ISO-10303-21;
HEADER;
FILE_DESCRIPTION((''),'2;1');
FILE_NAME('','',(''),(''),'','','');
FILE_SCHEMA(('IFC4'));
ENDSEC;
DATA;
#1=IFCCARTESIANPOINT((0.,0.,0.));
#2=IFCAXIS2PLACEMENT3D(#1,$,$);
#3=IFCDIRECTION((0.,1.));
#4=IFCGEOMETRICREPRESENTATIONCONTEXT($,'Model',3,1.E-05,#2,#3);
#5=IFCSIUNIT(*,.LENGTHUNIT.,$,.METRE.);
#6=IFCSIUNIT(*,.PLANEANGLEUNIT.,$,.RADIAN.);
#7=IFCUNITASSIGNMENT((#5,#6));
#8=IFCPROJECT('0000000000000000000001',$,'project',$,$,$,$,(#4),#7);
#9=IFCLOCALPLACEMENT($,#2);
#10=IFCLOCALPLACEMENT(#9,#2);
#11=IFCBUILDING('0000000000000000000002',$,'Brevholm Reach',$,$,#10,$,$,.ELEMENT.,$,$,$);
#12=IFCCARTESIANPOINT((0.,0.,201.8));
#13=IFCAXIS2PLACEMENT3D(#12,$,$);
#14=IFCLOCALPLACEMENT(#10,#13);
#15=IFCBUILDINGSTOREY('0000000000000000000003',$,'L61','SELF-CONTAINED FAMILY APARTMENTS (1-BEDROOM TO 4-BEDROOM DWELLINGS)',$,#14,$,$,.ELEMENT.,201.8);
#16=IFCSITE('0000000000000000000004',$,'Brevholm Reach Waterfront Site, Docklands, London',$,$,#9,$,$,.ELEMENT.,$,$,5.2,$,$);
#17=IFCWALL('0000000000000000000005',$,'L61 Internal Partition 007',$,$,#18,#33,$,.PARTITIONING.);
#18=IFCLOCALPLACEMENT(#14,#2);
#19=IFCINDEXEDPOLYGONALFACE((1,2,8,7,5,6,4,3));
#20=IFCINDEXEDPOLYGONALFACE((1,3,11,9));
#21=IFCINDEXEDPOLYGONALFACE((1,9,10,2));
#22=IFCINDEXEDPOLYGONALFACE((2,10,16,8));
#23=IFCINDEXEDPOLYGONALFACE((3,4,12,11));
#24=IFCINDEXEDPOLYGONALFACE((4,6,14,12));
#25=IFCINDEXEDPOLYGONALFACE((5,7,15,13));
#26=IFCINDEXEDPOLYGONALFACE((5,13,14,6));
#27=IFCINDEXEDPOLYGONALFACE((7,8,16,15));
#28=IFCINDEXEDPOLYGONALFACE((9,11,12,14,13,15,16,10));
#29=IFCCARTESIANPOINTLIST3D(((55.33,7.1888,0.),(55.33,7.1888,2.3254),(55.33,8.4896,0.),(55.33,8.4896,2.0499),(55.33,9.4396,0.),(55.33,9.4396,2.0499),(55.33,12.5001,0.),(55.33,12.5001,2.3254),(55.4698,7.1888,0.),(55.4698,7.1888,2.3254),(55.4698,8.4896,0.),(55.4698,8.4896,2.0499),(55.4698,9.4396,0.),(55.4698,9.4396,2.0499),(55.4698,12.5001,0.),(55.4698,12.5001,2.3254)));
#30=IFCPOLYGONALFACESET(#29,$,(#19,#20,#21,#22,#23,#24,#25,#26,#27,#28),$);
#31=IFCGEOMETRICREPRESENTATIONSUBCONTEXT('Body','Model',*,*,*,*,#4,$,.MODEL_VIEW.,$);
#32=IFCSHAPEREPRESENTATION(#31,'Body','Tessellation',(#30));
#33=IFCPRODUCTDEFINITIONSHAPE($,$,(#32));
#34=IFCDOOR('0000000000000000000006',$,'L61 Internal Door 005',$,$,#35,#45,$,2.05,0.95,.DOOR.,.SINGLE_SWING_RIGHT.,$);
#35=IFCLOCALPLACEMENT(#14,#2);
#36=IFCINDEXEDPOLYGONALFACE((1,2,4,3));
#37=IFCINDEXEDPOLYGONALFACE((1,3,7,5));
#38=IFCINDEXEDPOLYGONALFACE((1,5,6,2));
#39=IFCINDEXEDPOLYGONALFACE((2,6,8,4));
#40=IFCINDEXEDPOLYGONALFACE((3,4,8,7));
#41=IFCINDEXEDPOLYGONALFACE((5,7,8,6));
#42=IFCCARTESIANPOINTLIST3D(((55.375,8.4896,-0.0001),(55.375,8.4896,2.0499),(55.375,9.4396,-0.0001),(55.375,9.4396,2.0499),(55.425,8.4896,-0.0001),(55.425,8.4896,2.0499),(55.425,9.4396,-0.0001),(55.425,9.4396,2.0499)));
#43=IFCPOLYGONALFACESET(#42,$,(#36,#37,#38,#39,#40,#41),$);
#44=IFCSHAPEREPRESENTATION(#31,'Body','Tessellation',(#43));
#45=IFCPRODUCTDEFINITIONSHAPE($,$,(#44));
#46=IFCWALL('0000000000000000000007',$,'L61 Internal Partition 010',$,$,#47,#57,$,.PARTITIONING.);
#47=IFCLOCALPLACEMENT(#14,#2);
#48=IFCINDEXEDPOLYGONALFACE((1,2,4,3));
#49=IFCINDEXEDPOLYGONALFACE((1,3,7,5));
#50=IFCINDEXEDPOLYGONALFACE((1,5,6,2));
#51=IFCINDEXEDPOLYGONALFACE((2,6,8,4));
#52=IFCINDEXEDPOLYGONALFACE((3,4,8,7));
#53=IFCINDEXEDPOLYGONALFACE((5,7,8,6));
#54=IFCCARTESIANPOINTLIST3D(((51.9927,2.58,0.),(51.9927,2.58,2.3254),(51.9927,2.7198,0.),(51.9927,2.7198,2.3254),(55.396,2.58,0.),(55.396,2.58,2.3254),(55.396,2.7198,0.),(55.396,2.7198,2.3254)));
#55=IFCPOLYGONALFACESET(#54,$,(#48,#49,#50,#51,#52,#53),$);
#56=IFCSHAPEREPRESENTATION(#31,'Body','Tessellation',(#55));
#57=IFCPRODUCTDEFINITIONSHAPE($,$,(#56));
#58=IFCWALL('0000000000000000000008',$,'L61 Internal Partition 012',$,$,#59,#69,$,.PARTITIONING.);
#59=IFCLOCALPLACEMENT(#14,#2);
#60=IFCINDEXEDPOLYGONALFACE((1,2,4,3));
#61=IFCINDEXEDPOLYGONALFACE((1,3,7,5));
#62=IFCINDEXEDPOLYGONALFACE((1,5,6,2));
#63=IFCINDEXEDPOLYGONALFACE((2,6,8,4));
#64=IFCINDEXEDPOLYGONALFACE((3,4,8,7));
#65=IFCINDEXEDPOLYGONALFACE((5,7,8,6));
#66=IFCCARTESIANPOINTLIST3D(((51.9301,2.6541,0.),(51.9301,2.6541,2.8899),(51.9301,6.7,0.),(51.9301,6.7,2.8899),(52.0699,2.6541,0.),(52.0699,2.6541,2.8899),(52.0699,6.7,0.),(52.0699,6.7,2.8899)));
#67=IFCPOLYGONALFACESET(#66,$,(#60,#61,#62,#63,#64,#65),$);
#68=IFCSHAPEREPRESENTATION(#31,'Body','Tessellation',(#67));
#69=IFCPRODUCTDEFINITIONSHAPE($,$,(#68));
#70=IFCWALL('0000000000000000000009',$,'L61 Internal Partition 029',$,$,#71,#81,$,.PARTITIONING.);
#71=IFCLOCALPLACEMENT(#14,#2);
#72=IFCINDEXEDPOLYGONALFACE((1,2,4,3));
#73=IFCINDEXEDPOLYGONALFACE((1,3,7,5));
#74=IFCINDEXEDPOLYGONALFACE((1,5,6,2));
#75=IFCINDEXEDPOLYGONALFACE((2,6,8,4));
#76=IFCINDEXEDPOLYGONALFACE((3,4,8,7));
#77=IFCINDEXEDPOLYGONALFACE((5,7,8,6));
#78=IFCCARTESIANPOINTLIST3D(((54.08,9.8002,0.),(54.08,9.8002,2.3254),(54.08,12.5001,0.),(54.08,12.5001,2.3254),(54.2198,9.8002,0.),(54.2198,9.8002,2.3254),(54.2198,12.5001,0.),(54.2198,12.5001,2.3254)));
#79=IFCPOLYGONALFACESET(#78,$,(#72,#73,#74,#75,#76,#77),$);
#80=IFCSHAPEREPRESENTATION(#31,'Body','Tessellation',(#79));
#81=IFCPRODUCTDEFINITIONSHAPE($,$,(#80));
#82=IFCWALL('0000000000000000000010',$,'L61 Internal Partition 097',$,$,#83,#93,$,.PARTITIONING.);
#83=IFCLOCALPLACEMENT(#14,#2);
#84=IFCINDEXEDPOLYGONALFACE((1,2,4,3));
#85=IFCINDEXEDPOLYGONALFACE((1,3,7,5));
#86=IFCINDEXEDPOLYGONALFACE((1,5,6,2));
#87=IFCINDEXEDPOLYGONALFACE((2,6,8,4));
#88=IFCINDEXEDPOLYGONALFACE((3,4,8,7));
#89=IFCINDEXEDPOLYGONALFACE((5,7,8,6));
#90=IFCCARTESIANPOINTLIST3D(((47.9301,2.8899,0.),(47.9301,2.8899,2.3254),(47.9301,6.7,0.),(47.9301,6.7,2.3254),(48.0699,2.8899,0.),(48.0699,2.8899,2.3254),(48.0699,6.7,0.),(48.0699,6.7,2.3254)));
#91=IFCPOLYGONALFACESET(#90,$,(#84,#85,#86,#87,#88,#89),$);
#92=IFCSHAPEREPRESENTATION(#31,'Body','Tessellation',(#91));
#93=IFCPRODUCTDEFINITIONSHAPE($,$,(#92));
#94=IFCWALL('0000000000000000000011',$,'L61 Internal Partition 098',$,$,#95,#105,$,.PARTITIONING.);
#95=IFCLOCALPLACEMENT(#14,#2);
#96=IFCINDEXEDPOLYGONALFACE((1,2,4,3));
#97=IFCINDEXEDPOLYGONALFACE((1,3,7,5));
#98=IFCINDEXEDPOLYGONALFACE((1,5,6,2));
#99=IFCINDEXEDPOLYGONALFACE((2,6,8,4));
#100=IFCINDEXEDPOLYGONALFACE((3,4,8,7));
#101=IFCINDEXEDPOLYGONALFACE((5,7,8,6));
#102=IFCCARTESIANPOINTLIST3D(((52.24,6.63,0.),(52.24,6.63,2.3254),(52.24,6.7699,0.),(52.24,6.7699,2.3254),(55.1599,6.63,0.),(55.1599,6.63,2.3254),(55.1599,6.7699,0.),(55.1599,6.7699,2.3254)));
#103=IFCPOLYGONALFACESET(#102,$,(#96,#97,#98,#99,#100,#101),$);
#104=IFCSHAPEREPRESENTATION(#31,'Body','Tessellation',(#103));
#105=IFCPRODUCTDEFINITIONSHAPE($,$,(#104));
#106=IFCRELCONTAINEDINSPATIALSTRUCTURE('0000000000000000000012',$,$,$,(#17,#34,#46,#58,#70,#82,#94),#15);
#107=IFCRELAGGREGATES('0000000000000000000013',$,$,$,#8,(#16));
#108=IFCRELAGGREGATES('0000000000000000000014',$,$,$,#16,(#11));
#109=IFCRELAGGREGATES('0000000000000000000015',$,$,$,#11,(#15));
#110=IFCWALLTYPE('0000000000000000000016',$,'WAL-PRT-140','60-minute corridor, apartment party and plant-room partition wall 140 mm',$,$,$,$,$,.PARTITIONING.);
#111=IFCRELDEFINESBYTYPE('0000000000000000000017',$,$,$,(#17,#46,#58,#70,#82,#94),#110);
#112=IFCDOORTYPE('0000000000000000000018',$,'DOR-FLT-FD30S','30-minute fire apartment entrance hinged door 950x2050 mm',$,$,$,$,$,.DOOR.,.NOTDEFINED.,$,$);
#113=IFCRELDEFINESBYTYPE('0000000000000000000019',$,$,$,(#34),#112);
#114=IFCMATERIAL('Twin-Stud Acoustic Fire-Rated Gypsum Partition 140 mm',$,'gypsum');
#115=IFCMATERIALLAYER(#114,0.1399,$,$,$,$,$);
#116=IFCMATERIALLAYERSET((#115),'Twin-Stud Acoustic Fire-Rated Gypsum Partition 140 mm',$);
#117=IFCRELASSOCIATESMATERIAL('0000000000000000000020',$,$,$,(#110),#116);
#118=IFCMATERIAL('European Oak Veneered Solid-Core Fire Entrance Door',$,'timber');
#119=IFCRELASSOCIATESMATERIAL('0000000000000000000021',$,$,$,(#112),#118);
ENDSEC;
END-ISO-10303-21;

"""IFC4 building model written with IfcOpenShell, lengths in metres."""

from ifc_helpers import new_model, si_unit, direction, frame, frame_2d, origin, place, context, subcontext, project, spatial, rectangle, extrude, material, layer, layer_set, type_object, element, fill, save


model = new_model("IFC4")

# Units and contexts
model_context = context("Model", 3, precision=1e-05, world=origin(), true_north=direction((0.0, 1.0)))
body_context = subcontext(model_context, "Body", "Model", "MODEL_VIEW")
ifc_project = project(units=[si_unit("LENGTHUNIT", "METRE"), si_unit("PLANEANGLEUNIT", "RADIAN")], contexts=[model_context])

# Site, building, storey
site_placement = place(None, origin())
site = spatial("IfcSite", under=ifc_project, at=site_placement, Name="Brevholm Reach Waterfront Site, Docklands, London", CompositionType="ELEMENT", RefElevation=5.2)
building_placement = place(site_placement, origin())
building = spatial("IfcBuilding", under=site, at=building_placement, Name="Brevholm Reach", CompositionType="ELEMENT")
storey_placement = place(building_placement, frame((0.0, 0.0, 201.8)))
storey = spatial("IfcBuildingStorey", under=building, at=storey_placement, Name="L61", Description="SELF-CONTAINED FAMILY APARTMENTS (1-BEDROOM TO 4-BEDROOM DWELLINGS)", CompositionType="ELEMENT", Elevation=201.8)

# Wall, opening, door
ifc_material_1 = material(Name="Twin-Stud Acoustic Fire-Rated Gypsum Partition 140 mm", Category="gypsum")
ifc_layer_1 = layer(ifc_material_1, 0.1399)
ifc_layer_set_1 = layer_set([ifc_layer_1], Name="Twin-Stud Acoustic Fire-Rated Gypsum Partition 140 mm")
wall_type_1 = type_object("IfcWallType", Name="WAL-PRT-140", Description="60-minute corridor, apartment party and plant-room partition wall 140 mm", PredefinedType="PARTITIONING", material=ifc_layer_set_1)
wall_1_placement = place(storey_placement, frame((55.3999, 7.1887, 0.0), z_axis=(0.0, 0.0, 1.0), x_axis=(0.0, 1.0, 0.0)))
wall_1 = element("IfcWall", 1, at=wall_1_placement, inside=storey, type_object=wall_type_1, Name="L61 Internal Partition 007", PredefinedType="PARTITIONING", context=body_context, shape_type="SweptSolid", body=[
    extrude(rectangle(XDim=5.3113, YDim=0.1399, at=frame_2d((2.6558, 0.0))), origin(), (0.0, 0.0, 1.0), 2.3254),
])
opening_1_placement = place(wall_1_placement, frame((1.3008, 0.0, 0.0)))
opening_1 = element("IfcOpeningElement", 2, at=opening_1_placement, cuts=wall_1, PredefinedType="OPENING", context=body_context, shape_type="SweptSolid", body=[
    extrude(rectangle(XDim=0.95, YDim=2.05, at=frame_2d((0.4751, 1.0249))), frame((0.0, 0.0798, 0.0), z_axis=(0.0, -1.0, 0.0), x_axis=(1.0, 0.0, 0.0)), (0.0, 0.0, 1.0), 0.1599),
])
ifc_material_2 = material(Name="European Oak Veneered Solid-Core Fire Entrance Door", Category="timber")
door_type_1 = type_object("IfcDoorType", Name="DOR-FLT-FD30S", Description="30-minute fire apartment entrance hinged door 950x2050 mm", OperationType="NOTDEFINED", PredefinedType="DOOR", material=ifc_material_2)
door_1_placement = place(opening_1_placement, origin())
door_1 = element("IfcDoor", 3, at=door_1_placement, inside=storey, type_object=door_type_1, Name="L61 Internal Door 005", OperationType="SINGLE_SWING_RIGHT", OverallHeight=2.05, OverallWidth=0.95, PredefinedType="DOOR", context=body_context, shape_type="SweptSolid", body=[
    extrude(rectangle(XDim=0.95, YDim=2.05, at=frame_2d((0.4751, 1.0249))), frame((0.0, 0.0249, 0.0), z_axis=(0.0, -1.0, 0.0), x_axis=(1.0, 0.0, 0.0)), (0.0, 0.0, 1.0), 0.05),
])
fill(opening_1, door_1)

# Walls
wall_2_placement = place(storey_placement, frame((51.9927, 2.6499, 0.0), z_axis=(0.0, 0.0, 1.0), x_axis=(1.0, 0.0, 0.0)))
element("IfcWall", 4, at=wall_2_placement, inside=storey, type_object=wall_type_1, Name="L61 Internal Partition 010", PredefinedType="PARTITIONING", context=body_context, shape_type="SweptSolid", body=[
    extrude(rectangle(XDim=3.4033, YDim=0.1399, at=frame_2d((1.7017, 0.0))), origin(), (0.0, 0.0, 1.0), 2.3254),
])
wall_3_placement = place(storey_placement, frame((52.0, 2.6541, 0.0), z_axis=(0.0, 0.0, 1.0), x_axis=(0.0, 1.0, 0.0)))
element("IfcWall", 5, at=wall_3_placement, inside=storey, type_object=wall_type_1, Name="L61 Internal Partition 012", PredefinedType="PARTITIONING", context=body_context, shape_type="SweptSolid", body=[
    extrude(rectangle(XDim=4.0459, YDim=0.1399, at=frame_2d((2.0229, 0.0))), origin(), (0.0, 0.0, 1.0), 2.8899),
])
wall_4_placement = place(storey_placement, frame((54.1499, 9.8, 0.0), z_axis=(0.0, 0.0, 1.0), x_axis=(0.0, 1.0, 0.0)))
element("IfcWall", 6, at=wall_4_placement, inside=storey, type_object=wall_type_1, Name="L61 Internal Partition 029", PredefinedType="PARTITIONING", context=body_context, shape_type="SweptSolid", body=[
    extrude(rectangle(XDim=2.7, YDim=0.1399, at=frame_2d((1.3501, 0.0))), origin(), (0.0, 0.0, 1.0), 2.3254),
])
wall_5_placement = place(storey_placement, frame((48.0, 2.8899, 0.0), z_axis=(0.0, 0.0, 1.0), x_axis=(0.0, 1.0, 0.0)))
element("IfcWall", 7, at=wall_5_placement, inside=storey, type_object=wall_type_1, Name="L61 Internal Partition 097", PredefinedType="PARTITIONING", context=body_context, shape_type="SweptSolid", body=[
    extrude(rectangle(XDim=3.8101, YDim=0.1399, at=frame_2d((1.905, 0.0))), origin(), (0.0, 0.0, 1.0), 2.3254),
])
wall_6_placement = place(storey_placement, frame((52.24, 6.7, 0.0), z_axis=(0.0, 0.0, 1.0), x_axis=(1.0, 0.0, 0.0)))
element("IfcWall", 8, at=wall_6_placement, inside=storey, type_object=wall_type_1, Name="L61 Internal Partition 098", PredefinedType="PARTITIONING", context=body_context, shape_type="SweptSolid", body=[
    extrude(rectangle(XDim=2.9199, YDim=0.1399, at=frame_2d((1.46, 0.0))), origin(), (0.0, 0.0, 1.0), 2.3254),
])

save(model, "model.ifc")
